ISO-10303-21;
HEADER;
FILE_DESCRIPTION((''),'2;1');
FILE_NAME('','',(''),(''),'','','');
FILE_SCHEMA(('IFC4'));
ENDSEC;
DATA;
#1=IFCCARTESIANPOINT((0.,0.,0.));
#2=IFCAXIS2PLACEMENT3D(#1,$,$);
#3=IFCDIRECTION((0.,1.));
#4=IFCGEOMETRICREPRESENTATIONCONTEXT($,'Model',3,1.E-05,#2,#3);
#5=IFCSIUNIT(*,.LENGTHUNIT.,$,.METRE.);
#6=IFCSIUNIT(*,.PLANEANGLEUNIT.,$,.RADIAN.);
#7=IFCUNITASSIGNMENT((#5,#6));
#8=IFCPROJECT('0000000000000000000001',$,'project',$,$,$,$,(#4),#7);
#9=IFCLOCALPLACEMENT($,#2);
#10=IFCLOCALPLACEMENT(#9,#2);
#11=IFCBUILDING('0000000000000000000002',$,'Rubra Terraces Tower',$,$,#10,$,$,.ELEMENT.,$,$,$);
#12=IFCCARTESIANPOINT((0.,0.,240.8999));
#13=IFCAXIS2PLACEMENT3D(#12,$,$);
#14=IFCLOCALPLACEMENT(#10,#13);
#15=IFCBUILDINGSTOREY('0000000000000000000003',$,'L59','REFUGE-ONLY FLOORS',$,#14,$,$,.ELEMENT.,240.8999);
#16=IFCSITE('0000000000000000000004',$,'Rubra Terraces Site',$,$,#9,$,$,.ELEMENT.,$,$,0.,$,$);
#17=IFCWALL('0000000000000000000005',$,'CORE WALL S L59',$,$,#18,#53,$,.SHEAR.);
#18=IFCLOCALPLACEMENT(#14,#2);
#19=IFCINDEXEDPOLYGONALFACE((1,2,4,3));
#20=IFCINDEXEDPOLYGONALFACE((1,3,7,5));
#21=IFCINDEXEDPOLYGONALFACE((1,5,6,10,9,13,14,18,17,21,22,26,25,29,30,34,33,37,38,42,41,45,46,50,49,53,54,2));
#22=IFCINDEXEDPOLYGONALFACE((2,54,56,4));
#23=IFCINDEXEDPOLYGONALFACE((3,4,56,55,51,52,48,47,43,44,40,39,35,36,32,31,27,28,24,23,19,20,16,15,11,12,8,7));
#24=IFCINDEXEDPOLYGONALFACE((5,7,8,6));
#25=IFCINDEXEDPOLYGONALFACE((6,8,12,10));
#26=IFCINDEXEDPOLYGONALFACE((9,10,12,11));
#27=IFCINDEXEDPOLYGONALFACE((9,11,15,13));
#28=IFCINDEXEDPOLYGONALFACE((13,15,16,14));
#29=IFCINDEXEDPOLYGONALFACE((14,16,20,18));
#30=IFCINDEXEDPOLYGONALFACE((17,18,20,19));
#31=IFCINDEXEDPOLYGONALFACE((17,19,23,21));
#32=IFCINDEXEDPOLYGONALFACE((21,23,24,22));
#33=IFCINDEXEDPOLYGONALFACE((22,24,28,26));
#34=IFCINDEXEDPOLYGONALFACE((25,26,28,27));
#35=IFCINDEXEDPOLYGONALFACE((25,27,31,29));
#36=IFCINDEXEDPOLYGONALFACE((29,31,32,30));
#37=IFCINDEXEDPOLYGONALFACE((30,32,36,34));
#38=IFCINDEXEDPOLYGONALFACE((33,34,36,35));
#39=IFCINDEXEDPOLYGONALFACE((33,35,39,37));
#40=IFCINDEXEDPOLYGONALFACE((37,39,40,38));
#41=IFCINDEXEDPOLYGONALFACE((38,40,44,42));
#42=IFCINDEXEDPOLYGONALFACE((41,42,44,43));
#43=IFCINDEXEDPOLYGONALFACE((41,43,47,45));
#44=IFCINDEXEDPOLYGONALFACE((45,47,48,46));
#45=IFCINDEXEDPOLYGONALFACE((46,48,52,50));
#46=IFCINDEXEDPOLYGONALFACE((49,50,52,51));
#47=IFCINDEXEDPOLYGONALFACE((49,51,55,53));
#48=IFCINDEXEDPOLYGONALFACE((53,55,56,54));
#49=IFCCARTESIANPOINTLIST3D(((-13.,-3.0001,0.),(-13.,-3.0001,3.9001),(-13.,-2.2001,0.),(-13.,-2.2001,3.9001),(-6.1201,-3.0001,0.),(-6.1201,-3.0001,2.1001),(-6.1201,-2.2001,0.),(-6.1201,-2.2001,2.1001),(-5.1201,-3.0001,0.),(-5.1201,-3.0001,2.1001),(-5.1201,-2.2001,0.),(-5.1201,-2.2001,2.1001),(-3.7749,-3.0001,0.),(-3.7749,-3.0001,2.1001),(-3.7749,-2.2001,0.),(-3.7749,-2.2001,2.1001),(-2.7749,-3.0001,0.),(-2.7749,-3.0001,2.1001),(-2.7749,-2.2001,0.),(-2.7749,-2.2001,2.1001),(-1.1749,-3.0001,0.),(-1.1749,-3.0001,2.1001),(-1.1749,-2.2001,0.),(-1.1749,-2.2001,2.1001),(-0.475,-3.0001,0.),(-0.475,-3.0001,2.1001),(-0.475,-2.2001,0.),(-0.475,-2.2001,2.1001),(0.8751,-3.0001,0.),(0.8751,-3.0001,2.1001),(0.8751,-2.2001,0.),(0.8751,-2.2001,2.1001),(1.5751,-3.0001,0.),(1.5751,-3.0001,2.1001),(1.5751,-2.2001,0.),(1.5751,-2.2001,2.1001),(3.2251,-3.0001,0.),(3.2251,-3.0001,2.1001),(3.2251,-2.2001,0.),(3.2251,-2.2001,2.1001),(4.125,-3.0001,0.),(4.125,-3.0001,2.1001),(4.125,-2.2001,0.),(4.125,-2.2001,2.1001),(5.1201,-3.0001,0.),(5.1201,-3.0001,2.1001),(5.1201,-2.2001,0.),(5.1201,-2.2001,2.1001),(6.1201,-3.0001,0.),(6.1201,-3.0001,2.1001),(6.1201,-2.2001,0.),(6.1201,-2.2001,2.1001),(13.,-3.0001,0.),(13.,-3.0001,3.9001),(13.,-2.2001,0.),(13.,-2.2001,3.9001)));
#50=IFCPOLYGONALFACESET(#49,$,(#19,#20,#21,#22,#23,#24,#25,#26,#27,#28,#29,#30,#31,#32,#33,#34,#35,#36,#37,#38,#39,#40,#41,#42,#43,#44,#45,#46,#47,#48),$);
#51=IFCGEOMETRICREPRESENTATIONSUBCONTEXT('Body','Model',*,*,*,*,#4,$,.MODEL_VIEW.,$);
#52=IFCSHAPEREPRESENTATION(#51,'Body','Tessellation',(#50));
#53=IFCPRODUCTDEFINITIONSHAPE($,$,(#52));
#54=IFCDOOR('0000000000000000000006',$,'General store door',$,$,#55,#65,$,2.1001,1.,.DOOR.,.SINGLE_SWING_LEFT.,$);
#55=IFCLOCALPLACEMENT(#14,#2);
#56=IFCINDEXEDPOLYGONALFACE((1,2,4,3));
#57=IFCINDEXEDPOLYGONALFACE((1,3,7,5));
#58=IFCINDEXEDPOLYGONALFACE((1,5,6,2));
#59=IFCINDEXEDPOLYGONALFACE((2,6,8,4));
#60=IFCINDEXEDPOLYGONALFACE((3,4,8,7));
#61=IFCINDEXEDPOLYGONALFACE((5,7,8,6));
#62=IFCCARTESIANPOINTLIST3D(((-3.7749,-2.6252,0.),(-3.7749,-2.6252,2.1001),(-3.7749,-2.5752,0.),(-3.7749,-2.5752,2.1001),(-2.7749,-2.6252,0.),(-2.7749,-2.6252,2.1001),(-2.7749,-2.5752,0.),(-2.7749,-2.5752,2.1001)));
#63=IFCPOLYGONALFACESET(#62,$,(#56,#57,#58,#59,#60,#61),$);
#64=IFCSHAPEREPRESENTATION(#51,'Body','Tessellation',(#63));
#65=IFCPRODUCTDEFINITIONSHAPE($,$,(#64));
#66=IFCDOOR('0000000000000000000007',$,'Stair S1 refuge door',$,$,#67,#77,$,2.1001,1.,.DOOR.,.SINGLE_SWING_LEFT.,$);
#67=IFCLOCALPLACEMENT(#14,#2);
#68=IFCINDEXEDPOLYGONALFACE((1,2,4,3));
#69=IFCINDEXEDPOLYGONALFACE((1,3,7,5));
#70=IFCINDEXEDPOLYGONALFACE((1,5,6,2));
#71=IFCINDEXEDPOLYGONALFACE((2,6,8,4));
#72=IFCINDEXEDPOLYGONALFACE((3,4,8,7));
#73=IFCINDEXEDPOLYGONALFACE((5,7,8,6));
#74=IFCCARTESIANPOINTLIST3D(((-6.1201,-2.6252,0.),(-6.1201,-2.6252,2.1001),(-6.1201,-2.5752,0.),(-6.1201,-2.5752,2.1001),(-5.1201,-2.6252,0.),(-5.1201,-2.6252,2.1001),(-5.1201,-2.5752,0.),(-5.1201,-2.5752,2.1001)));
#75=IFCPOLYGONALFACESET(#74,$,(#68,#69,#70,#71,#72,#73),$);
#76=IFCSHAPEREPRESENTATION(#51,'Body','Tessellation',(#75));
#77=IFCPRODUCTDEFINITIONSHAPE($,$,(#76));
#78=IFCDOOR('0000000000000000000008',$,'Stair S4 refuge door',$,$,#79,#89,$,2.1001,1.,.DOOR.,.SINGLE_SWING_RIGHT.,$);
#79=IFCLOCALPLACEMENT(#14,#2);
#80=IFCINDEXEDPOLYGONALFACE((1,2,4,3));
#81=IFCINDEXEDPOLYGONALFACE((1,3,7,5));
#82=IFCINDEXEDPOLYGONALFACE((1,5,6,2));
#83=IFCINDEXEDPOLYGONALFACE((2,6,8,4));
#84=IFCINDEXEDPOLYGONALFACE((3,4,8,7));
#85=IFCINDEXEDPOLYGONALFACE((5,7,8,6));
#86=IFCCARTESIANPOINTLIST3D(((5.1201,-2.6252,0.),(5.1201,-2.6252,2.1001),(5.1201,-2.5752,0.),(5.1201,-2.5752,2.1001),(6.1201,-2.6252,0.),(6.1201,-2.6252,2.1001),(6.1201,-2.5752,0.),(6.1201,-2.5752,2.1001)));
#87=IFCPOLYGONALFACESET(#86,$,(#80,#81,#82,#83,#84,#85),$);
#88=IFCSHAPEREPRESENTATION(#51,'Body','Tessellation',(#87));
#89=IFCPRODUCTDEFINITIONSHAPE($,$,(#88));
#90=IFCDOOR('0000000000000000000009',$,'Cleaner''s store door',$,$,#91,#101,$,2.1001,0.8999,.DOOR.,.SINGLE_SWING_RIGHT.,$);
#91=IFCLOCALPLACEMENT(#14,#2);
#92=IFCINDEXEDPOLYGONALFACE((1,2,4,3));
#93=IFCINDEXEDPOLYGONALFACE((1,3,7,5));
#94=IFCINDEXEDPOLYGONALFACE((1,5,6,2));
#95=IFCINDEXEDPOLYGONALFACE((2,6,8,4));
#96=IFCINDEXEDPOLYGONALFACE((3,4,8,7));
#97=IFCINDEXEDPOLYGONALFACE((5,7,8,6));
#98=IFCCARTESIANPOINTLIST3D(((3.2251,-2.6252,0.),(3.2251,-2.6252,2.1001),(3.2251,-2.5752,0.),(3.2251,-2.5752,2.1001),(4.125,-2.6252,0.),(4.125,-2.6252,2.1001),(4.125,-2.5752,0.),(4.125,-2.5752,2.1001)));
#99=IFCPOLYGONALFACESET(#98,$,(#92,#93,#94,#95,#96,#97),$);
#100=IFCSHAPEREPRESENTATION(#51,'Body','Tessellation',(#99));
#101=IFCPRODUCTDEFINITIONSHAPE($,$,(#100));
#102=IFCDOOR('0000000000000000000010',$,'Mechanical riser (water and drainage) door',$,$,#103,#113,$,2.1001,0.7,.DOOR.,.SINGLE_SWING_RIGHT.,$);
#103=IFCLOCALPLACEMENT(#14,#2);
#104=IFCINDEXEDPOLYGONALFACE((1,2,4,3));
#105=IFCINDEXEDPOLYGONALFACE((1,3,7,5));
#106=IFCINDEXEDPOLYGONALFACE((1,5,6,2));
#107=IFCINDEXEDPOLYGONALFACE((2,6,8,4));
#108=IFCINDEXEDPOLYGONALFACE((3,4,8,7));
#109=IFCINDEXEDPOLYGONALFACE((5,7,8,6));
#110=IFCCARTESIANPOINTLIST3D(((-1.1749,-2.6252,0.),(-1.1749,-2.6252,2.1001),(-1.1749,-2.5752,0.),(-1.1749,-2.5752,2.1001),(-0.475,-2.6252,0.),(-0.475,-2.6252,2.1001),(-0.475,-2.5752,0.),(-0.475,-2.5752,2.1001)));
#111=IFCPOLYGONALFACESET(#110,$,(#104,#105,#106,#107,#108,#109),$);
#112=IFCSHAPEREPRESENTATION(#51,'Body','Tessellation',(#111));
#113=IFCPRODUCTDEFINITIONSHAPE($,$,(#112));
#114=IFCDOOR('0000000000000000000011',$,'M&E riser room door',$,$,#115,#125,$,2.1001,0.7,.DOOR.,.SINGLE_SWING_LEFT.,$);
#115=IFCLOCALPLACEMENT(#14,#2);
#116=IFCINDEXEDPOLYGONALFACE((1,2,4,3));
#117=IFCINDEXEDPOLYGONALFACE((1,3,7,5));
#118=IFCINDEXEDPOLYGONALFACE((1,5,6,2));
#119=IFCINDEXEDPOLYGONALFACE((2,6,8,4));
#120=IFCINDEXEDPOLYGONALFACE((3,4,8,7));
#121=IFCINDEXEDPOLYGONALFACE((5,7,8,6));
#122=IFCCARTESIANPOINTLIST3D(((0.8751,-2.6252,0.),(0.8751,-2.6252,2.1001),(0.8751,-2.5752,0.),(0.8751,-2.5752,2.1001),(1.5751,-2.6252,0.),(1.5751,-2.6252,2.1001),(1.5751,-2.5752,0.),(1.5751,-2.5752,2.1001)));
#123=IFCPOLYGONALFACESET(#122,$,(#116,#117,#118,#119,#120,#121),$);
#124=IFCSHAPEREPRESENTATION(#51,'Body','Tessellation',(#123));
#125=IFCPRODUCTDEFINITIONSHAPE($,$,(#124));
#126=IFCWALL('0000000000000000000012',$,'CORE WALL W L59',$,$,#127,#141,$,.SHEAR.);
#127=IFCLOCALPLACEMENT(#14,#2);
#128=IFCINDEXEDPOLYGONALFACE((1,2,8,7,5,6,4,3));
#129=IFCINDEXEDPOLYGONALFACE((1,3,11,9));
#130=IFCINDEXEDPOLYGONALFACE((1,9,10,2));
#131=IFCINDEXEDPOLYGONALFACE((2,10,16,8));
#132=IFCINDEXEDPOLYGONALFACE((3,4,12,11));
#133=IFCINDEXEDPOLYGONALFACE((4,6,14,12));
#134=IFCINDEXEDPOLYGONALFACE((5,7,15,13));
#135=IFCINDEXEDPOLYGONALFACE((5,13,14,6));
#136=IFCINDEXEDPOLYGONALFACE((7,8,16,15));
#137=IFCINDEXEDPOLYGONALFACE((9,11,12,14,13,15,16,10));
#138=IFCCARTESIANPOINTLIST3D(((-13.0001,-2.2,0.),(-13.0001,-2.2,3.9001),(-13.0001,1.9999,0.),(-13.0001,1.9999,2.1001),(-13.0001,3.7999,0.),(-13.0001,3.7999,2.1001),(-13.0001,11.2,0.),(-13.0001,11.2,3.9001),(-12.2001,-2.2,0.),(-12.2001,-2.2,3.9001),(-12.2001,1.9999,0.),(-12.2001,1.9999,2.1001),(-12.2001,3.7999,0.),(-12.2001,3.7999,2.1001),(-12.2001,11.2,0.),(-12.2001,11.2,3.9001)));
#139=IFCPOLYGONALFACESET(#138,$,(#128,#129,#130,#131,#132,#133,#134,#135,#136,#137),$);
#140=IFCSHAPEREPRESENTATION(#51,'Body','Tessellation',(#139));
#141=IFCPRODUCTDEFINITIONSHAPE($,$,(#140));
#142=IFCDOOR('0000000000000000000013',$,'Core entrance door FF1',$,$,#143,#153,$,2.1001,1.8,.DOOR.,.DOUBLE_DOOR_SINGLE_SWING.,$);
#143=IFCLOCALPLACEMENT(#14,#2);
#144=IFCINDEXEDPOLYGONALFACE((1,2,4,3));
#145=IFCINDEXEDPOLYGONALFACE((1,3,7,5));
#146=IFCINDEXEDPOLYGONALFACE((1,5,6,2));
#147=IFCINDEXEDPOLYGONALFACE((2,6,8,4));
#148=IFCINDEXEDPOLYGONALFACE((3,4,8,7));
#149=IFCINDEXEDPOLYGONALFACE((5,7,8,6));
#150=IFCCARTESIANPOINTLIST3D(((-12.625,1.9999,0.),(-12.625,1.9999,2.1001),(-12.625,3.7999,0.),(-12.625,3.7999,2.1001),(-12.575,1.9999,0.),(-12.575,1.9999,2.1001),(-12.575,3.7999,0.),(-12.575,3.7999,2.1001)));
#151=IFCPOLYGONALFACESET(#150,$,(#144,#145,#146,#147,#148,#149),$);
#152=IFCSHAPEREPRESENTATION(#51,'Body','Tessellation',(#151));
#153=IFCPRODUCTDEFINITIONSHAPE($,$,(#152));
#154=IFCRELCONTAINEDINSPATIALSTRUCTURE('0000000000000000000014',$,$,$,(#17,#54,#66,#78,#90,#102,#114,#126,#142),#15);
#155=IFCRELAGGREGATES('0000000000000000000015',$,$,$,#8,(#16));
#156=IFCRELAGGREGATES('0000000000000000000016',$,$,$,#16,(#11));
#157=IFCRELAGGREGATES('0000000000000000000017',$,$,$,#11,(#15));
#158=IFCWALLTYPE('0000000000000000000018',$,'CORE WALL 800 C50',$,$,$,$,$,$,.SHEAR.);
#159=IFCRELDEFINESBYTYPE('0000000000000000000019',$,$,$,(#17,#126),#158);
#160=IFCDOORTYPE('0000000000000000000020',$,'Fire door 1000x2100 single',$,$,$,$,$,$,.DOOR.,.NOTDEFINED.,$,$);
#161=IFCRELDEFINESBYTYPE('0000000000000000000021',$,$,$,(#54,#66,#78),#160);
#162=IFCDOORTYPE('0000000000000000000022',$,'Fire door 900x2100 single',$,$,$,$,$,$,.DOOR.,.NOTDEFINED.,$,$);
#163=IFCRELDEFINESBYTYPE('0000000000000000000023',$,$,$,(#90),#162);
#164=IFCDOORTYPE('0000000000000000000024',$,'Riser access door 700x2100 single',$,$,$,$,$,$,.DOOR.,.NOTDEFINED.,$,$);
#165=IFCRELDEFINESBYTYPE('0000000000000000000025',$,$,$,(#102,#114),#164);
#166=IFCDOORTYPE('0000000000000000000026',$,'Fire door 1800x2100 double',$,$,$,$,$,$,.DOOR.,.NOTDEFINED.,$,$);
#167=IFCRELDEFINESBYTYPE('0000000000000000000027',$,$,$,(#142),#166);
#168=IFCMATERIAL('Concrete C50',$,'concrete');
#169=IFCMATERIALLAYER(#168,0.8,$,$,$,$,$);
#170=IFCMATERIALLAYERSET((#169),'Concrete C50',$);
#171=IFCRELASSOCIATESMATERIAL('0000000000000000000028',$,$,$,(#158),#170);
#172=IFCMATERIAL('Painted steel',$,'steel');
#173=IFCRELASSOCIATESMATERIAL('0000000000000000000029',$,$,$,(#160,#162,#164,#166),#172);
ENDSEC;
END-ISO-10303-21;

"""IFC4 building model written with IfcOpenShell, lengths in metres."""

from ifc_helpers import new_model, si_unit, direction, frame, frame_2d, origin, place, context, subcontext, project, spatial, rectangle, extrude, material, layer, layer_set, type_object, element, fill, save


model = new_model("IFC4")

# Units and contexts
model_context = context("Model", 3, precision=1e-05, world=origin(), true_north=direction((0.0, 1.0)))
body_context = subcontext(model_context, "Body", "Model", "MODEL_VIEW")
ifc_project = project(units=[si_unit("LENGTHUNIT", "METRE"), si_unit("PLANEANGLEUNIT", "RADIAN")], contexts=[model_context])

# Site, building, storey
site_placement = place(None, origin())
site = spatial("IfcSite", under=ifc_project, at=site_placement, Name="Rubra Terraces Site", CompositionType="ELEMENT", RefElevation=0.0)
building_placement = place(site_placement, origin())
building = spatial("IfcBuilding", under=site, at=building_placement, Name="Rubra Terraces Tower", CompositionType="ELEMENT")
storey_placement = place(building_placement, frame((0.0, 0.0, 240.8999)))
storey = spatial("IfcBuildingStorey", under=building, at=storey_placement, Name="L59", Description="REFUGE-ONLY FLOORS", CompositionType="ELEMENT", Elevation=240.8999)

# Wall, openings, doors
ifc_material_1 = material(Name="Concrete C50", Category="concrete")
ifc_layer_1 = layer(ifc_material_1, 0.8)
ifc_layer_set_1 = layer_set([ifc_layer_1], Name="Concrete C50")
wall_type_1 = type_object("IfcWallType", Name="CORE WALL 800 C50", PredefinedType="SHEAR", material=ifc_layer_set_1)
wall_1_placement = place(storey_placement, frame((-13.0, -2.6001, 0.0), z_axis=(0.0, 0.0, 1.0), x_axis=(1.0, 0.0, 0.0)))
wall_1 = element("IfcWall", 1, at=wall_1_placement, inside=storey, type_object=wall_type_1, Name="CORE WALL S L59", PredefinedType="SHEAR", context=body_context, shape_type="SweptSolid", body=[
    extrude(rectangle(XDim=26.0, YDim=0.8, at=frame_2d((13.0, 0.0))), origin(), (0.0, 0.0, 1.0), 3.9001),
])
opening_1_placement = place(wall_1_placement, frame((9.2251, 0.0, 0.0)))
opening_1 = element("IfcOpeningElement", 2, at=opening_1_placement, cuts=wall_1, PredefinedType="OPENING", context=body_context, shape_type="SweptSolid", body=[
    extrude(rectangle(XDim=1.0, YDim=2.1001, at=frame_2d((0.5, 1.05))), frame((0.0, 0.4099, 0.0), z_axis=(0.0, -1.0, 0.0), x_axis=(1.0, 0.0, 0.0)), (0.0, 0.0, 1.0), 0.8201),
])
opening_2_placement = place(wall_1_placement, frame((11.825, 0.0, 0.0)))
opening_2 = element("IfcOpeningElement", 3, at=opening_2_placement, cuts=wall_1, PredefinedType="OPENING", context=body_context, shape_type="SweptSolid", body=[
    extrude(rectangle(XDim=0.7, YDim=2.1001, at=frame_2d((0.3501, 1.05))), frame((0.0, 0.4099, 0.0), z_axis=(0.0, -1.0, 0.0), x_axis=(1.0, 0.0, 0.0)), (0.0, 0.0, 1.0), 0.8201),
])
opening_3_placement = place(wall_1_placement, frame((13.875, 0.0, 0.0)))
opening_3 = element("IfcOpeningElement", 4, at=opening_3_placement, cuts=wall_1, PredefinedType="OPENING", context=body_context, shape_type="SweptSolid", body=[
    extrude(rectangle(XDim=0.7, YDim=2.1001, at=frame_2d((0.3501, 1.05))), frame((0.0, 0.4099, 0.0), z_axis=(0.0, -1.0, 0.0), x_axis=(1.0, 0.0, 0.0)), (0.0, 0.0, 1.0), 0.8201),
])
opening_4_placement = place(wall_1_placement, frame((16.2251, 0.0, 0.0)))
opening_4 = element("IfcOpeningElement", 5, at=opening_4_placement, cuts=wall_1, PredefinedType="OPENING", context=body_context, shape_type="SweptSolid", body=[
    extrude(rectangle(XDim=0.8999, YDim=2.1001, at=frame_2d((0.45, 1.05))), frame((0.0, 0.4099, 0.0), z_axis=(0.0, -1.0, 0.0), x_axis=(1.0, 0.0, 0.0)), (0.0, 0.0, 1.0), 0.8201),
])
opening_5_placement = place(wall_1_placement, frame((6.8799, 0.0, 0.0)))
opening_5 = element("IfcOpeningElement", 6, at=opening_5_placement, cuts=wall_1, PredefinedType="OPENING", context=body_context, shape_type="SweptSolid", body=[
    extrude(rectangle(XDim=1.0, YDim=2.1001, at=frame_2d((0.5, 1.05))), frame((0.0, 0.4099, 0.0), z_axis=(0.0, -1.0, 0.0), x_axis=(1.0, 0.0, 0.0)), (0.0, 0.0, 1.0), 0.8201),
])
opening_6_placement = place(wall_1_placement, frame((18.1201, 0.0, 0.0)))
opening_6 = element("IfcOpeningElement", 7, at=opening_6_placement, cuts=wall_1, PredefinedType="OPENING", context=body_context, shape_type="SweptSolid", body=[
    extrude(rectangle(XDim=1.0, YDim=2.1001, at=frame_2d((0.5, 1.05))), frame((0.0, 0.4099, 0.0), z_axis=(0.0, -1.0, 0.0), x_axis=(1.0, 0.0, 0.0)), (0.0, 0.0, 1.0), 0.8201),
])
ifc_material_2 = material(Name="Painted steel", Category="steel")
door_type_1 = type_object("IfcDoorType", Name="Fire door 1000x2100 single", OperationType="NOTDEFINED", PredefinedType="DOOR", material=ifc_material_2)
door_1_placement = place(opening_1_placement, origin())
door_1 = element("IfcDoor", 8, at=door_1_placement, inside=storey, type_object=door_type_1, Name="General store door", OperationType="SINGLE_SWING_LEFT", OverallHeight=2.1001, OverallWidth=1.0, PredefinedType="DOOR", context=body_context, shape_type="SweptSolid", body=[
    extrude(rectangle(XDim=1.0, YDim=2.1001, at=frame_2d((0.5, 1.05))), frame((0.0, 0.0249, 0.0), z_axis=(0.0, -1.0, 0.0), x_axis=(1.0, 0.0, 0.0)), (0.0, 0.0, 1.0), 0.05),
])
fill(opening_1, door_1)
door_2_placement = place(opening_5_placement, origin())
door_2 = element("IfcDoor", 9, at=door_2_placement, inside=storey, type_object=door_type_1, Name="Stair S1 refuge door", OperationType="SINGLE_SWING_LEFT", OverallHeight=2.1001, OverallWidth=1.0, PredefinedType="DOOR", context=body_context, shape_type="SweptSolid", body=[
    extrude(rectangle(XDim=1.0, YDim=2.1001, at=frame_2d((0.5, 1.05))), frame((0.0, 0.0249, 0.0), z_axis=(0.0, -1.0, 0.0), x_axis=(1.0, 0.0, 0.0)), (0.0, 0.0, 1.0), 0.05),
])
fill(opening_5, door_2)
door_3_placement = place(opening_6_placement, origin())
door_3 = element("IfcDoor", 10, at=door_3_placement, inside=storey, type_object=door_type_1, Name="Stair S4 refuge door", OperationType="SINGLE_SWING_RIGHT", OverallHeight=2.1001, OverallWidth=1.0, PredefinedType="DOOR", context=body_context, shape_type="SweptSolid", body=[
    extrude(rectangle(XDim=1.0, YDim=2.1001, at=frame_2d((0.5, 1.05))), frame((0.0, 0.0249, 0.0), z_axis=(0.0, -1.0, 0.0), x_axis=(1.0, 0.0, 0.0)), (0.0, 0.0, 1.0), 0.05),
])
fill(opening_6, door_3)
door_type_2 = type_object("IfcDoorType", Name="Fire door 900x2100 single", OperationType="NOTDEFINED", PredefinedType="DOOR", material=ifc_material_2)
door_4_placement = place(opening_4_placement, origin())
door_4 = element("IfcDoor", 11, at=door_4_placement, inside=storey, type_object=door_type_2, Name="Cleaner's store door", OperationType="SINGLE_SWING_RIGHT", OverallHeight=2.1001, OverallWidth=0.8999, PredefinedType="DOOR", context=body_context, shape_type="SweptSolid", body=[
    extrude(rectangle(XDim=0.8999, YDim=2.1001, at=frame_2d((0.45, 1.05))), frame((0.0, 0.0249, 0.0), z_axis=(0.0, -1.0, 0.0), x_axis=(1.0, 0.0, 0.0)), (0.0, 0.0, 1.0), 0.05),
])
fill(opening_4, door_4)
door_type_3 = type_object("IfcDoorType", Name="Riser access door 700x2100 single", OperationType="NOTDEFINED", PredefinedType="DOOR", material=ifc_material_2)
door_5_placement = place(opening_2_placement, origin())
door_5 = element("IfcDoor", 12, at=door_5_placement, inside=storey, type_object=door_type_3, Name="Mechanical riser (water and drainage) door", OperationType="SINGLE_SWING_RIGHT", OverallHeight=2.1001, OverallWidth=0.7, PredefinedType="DOOR", context=body_context, shape_type="SweptSolid", body=[
    extrude(rectangle(XDim=0.7, YDim=2.1001, at=frame_2d((0.3501, 1.05))), frame((0.0, 0.0249, 0.0), z_axis=(0.0, -1.0, 0.0), x_axis=(1.0, 0.0, 0.0)), (0.0, 0.0, 1.0), 0.05),
])
fill(opening_2, door_5)
door_6_placement = place(opening_3_placement, origin())
door_6 = element("IfcDoor", 13, at=door_6_placement, inside=storey, type_object=door_type_3, Name="M&E riser room door", OperationType="SINGLE_SWING_LEFT", OverallHeight=2.1001, OverallWidth=0.7, PredefinedType="DOOR", context=body_context, shape_type="SweptSolid", body=[
    extrude(rectangle(XDim=0.7, YDim=2.1001, at=frame_2d((0.3501, 1.05))), frame((0.0, 0.0249, 0.0), z_axis=(0.0, -1.0, 0.0), x_axis=(1.0, 0.0, 0.0)), (0.0, 0.0, 1.0), 0.05),
])
fill(opening_3, door_6)

# Wall, opening, door
wall_2_placement = place(storey_placement, frame((-12.6001, -2.2, 0.0), z_axis=(0.0, 0.0, 1.0), x_axis=(0.0, 1.0, 0.0)))
wall_2 = element("IfcWall", 14, at=wall_2_placement, inside=storey, type_object=wall_type_1, Name="CORE WALL W L59", PredefinedType="SHEAR", context=body_context, shape_type="SweptSolid", body=[
    extrude(rectangle(XDim=13.3999, YDim=0.8, at=frame_2d((6.7, 0.0))), origin(), (0.0, 0.0, 1.0), 3.9001),
])
opening_7_placement = place(wall_2_placement, frame((4.2, 0.0, 0.0)))
opening_7 = element("IfcOpeningElement", 15, at=opening_7_placement, cuts=wall_2, PredefinedType="OPENING", context=body_context, shape_type="SweptSolid", body=[
    extrude(rectangle(XDim=1.8, YDim=2.1001, at=frame_2d((0.8999, 1.05))), frame((0.0, 0.4099, 0.0), z_axis=(0.0, -1.0, 0.0), x_axis=(1.0, 0.0, 0.0)), (0.0, 0.0, 1.0), 0.8201),
])
door_type_4 = type_object("IfcDoorType", Name="Fire door 1800x2100 double", OperationType="NOTDEFINED", PredefinedType="DOOR", material=ifc_material_2)
door_7_placement = place(opening_7_placement, origin())
door_7 = element("IfcDoor", 16, at=door_7_placement, inside=storey, type_object=door_type_4, Name="Core entrance door FF1", OperationType="DOUBLE_DOOR_SINGLE_SWING", OverallHeight=2.1001, OverallWidth=1.8, PredefinedType="DOOR", context=body_context, shape_type="SweptSolid", body=[
    extrude(rectangle(XDim=1.8, YDim=2.1001, at=frame_2d((0.8999, 1.05))), frame((0.0, 0.0249, 0.0), z_axis=(0.0, -1.0, 0.0), x_axis=(1.0, 0.0, 0.0)), (0.0, 0.0, 1.0), 0.05),
])
fill(opening_7, door_7)

save(model, "model.ifc")
